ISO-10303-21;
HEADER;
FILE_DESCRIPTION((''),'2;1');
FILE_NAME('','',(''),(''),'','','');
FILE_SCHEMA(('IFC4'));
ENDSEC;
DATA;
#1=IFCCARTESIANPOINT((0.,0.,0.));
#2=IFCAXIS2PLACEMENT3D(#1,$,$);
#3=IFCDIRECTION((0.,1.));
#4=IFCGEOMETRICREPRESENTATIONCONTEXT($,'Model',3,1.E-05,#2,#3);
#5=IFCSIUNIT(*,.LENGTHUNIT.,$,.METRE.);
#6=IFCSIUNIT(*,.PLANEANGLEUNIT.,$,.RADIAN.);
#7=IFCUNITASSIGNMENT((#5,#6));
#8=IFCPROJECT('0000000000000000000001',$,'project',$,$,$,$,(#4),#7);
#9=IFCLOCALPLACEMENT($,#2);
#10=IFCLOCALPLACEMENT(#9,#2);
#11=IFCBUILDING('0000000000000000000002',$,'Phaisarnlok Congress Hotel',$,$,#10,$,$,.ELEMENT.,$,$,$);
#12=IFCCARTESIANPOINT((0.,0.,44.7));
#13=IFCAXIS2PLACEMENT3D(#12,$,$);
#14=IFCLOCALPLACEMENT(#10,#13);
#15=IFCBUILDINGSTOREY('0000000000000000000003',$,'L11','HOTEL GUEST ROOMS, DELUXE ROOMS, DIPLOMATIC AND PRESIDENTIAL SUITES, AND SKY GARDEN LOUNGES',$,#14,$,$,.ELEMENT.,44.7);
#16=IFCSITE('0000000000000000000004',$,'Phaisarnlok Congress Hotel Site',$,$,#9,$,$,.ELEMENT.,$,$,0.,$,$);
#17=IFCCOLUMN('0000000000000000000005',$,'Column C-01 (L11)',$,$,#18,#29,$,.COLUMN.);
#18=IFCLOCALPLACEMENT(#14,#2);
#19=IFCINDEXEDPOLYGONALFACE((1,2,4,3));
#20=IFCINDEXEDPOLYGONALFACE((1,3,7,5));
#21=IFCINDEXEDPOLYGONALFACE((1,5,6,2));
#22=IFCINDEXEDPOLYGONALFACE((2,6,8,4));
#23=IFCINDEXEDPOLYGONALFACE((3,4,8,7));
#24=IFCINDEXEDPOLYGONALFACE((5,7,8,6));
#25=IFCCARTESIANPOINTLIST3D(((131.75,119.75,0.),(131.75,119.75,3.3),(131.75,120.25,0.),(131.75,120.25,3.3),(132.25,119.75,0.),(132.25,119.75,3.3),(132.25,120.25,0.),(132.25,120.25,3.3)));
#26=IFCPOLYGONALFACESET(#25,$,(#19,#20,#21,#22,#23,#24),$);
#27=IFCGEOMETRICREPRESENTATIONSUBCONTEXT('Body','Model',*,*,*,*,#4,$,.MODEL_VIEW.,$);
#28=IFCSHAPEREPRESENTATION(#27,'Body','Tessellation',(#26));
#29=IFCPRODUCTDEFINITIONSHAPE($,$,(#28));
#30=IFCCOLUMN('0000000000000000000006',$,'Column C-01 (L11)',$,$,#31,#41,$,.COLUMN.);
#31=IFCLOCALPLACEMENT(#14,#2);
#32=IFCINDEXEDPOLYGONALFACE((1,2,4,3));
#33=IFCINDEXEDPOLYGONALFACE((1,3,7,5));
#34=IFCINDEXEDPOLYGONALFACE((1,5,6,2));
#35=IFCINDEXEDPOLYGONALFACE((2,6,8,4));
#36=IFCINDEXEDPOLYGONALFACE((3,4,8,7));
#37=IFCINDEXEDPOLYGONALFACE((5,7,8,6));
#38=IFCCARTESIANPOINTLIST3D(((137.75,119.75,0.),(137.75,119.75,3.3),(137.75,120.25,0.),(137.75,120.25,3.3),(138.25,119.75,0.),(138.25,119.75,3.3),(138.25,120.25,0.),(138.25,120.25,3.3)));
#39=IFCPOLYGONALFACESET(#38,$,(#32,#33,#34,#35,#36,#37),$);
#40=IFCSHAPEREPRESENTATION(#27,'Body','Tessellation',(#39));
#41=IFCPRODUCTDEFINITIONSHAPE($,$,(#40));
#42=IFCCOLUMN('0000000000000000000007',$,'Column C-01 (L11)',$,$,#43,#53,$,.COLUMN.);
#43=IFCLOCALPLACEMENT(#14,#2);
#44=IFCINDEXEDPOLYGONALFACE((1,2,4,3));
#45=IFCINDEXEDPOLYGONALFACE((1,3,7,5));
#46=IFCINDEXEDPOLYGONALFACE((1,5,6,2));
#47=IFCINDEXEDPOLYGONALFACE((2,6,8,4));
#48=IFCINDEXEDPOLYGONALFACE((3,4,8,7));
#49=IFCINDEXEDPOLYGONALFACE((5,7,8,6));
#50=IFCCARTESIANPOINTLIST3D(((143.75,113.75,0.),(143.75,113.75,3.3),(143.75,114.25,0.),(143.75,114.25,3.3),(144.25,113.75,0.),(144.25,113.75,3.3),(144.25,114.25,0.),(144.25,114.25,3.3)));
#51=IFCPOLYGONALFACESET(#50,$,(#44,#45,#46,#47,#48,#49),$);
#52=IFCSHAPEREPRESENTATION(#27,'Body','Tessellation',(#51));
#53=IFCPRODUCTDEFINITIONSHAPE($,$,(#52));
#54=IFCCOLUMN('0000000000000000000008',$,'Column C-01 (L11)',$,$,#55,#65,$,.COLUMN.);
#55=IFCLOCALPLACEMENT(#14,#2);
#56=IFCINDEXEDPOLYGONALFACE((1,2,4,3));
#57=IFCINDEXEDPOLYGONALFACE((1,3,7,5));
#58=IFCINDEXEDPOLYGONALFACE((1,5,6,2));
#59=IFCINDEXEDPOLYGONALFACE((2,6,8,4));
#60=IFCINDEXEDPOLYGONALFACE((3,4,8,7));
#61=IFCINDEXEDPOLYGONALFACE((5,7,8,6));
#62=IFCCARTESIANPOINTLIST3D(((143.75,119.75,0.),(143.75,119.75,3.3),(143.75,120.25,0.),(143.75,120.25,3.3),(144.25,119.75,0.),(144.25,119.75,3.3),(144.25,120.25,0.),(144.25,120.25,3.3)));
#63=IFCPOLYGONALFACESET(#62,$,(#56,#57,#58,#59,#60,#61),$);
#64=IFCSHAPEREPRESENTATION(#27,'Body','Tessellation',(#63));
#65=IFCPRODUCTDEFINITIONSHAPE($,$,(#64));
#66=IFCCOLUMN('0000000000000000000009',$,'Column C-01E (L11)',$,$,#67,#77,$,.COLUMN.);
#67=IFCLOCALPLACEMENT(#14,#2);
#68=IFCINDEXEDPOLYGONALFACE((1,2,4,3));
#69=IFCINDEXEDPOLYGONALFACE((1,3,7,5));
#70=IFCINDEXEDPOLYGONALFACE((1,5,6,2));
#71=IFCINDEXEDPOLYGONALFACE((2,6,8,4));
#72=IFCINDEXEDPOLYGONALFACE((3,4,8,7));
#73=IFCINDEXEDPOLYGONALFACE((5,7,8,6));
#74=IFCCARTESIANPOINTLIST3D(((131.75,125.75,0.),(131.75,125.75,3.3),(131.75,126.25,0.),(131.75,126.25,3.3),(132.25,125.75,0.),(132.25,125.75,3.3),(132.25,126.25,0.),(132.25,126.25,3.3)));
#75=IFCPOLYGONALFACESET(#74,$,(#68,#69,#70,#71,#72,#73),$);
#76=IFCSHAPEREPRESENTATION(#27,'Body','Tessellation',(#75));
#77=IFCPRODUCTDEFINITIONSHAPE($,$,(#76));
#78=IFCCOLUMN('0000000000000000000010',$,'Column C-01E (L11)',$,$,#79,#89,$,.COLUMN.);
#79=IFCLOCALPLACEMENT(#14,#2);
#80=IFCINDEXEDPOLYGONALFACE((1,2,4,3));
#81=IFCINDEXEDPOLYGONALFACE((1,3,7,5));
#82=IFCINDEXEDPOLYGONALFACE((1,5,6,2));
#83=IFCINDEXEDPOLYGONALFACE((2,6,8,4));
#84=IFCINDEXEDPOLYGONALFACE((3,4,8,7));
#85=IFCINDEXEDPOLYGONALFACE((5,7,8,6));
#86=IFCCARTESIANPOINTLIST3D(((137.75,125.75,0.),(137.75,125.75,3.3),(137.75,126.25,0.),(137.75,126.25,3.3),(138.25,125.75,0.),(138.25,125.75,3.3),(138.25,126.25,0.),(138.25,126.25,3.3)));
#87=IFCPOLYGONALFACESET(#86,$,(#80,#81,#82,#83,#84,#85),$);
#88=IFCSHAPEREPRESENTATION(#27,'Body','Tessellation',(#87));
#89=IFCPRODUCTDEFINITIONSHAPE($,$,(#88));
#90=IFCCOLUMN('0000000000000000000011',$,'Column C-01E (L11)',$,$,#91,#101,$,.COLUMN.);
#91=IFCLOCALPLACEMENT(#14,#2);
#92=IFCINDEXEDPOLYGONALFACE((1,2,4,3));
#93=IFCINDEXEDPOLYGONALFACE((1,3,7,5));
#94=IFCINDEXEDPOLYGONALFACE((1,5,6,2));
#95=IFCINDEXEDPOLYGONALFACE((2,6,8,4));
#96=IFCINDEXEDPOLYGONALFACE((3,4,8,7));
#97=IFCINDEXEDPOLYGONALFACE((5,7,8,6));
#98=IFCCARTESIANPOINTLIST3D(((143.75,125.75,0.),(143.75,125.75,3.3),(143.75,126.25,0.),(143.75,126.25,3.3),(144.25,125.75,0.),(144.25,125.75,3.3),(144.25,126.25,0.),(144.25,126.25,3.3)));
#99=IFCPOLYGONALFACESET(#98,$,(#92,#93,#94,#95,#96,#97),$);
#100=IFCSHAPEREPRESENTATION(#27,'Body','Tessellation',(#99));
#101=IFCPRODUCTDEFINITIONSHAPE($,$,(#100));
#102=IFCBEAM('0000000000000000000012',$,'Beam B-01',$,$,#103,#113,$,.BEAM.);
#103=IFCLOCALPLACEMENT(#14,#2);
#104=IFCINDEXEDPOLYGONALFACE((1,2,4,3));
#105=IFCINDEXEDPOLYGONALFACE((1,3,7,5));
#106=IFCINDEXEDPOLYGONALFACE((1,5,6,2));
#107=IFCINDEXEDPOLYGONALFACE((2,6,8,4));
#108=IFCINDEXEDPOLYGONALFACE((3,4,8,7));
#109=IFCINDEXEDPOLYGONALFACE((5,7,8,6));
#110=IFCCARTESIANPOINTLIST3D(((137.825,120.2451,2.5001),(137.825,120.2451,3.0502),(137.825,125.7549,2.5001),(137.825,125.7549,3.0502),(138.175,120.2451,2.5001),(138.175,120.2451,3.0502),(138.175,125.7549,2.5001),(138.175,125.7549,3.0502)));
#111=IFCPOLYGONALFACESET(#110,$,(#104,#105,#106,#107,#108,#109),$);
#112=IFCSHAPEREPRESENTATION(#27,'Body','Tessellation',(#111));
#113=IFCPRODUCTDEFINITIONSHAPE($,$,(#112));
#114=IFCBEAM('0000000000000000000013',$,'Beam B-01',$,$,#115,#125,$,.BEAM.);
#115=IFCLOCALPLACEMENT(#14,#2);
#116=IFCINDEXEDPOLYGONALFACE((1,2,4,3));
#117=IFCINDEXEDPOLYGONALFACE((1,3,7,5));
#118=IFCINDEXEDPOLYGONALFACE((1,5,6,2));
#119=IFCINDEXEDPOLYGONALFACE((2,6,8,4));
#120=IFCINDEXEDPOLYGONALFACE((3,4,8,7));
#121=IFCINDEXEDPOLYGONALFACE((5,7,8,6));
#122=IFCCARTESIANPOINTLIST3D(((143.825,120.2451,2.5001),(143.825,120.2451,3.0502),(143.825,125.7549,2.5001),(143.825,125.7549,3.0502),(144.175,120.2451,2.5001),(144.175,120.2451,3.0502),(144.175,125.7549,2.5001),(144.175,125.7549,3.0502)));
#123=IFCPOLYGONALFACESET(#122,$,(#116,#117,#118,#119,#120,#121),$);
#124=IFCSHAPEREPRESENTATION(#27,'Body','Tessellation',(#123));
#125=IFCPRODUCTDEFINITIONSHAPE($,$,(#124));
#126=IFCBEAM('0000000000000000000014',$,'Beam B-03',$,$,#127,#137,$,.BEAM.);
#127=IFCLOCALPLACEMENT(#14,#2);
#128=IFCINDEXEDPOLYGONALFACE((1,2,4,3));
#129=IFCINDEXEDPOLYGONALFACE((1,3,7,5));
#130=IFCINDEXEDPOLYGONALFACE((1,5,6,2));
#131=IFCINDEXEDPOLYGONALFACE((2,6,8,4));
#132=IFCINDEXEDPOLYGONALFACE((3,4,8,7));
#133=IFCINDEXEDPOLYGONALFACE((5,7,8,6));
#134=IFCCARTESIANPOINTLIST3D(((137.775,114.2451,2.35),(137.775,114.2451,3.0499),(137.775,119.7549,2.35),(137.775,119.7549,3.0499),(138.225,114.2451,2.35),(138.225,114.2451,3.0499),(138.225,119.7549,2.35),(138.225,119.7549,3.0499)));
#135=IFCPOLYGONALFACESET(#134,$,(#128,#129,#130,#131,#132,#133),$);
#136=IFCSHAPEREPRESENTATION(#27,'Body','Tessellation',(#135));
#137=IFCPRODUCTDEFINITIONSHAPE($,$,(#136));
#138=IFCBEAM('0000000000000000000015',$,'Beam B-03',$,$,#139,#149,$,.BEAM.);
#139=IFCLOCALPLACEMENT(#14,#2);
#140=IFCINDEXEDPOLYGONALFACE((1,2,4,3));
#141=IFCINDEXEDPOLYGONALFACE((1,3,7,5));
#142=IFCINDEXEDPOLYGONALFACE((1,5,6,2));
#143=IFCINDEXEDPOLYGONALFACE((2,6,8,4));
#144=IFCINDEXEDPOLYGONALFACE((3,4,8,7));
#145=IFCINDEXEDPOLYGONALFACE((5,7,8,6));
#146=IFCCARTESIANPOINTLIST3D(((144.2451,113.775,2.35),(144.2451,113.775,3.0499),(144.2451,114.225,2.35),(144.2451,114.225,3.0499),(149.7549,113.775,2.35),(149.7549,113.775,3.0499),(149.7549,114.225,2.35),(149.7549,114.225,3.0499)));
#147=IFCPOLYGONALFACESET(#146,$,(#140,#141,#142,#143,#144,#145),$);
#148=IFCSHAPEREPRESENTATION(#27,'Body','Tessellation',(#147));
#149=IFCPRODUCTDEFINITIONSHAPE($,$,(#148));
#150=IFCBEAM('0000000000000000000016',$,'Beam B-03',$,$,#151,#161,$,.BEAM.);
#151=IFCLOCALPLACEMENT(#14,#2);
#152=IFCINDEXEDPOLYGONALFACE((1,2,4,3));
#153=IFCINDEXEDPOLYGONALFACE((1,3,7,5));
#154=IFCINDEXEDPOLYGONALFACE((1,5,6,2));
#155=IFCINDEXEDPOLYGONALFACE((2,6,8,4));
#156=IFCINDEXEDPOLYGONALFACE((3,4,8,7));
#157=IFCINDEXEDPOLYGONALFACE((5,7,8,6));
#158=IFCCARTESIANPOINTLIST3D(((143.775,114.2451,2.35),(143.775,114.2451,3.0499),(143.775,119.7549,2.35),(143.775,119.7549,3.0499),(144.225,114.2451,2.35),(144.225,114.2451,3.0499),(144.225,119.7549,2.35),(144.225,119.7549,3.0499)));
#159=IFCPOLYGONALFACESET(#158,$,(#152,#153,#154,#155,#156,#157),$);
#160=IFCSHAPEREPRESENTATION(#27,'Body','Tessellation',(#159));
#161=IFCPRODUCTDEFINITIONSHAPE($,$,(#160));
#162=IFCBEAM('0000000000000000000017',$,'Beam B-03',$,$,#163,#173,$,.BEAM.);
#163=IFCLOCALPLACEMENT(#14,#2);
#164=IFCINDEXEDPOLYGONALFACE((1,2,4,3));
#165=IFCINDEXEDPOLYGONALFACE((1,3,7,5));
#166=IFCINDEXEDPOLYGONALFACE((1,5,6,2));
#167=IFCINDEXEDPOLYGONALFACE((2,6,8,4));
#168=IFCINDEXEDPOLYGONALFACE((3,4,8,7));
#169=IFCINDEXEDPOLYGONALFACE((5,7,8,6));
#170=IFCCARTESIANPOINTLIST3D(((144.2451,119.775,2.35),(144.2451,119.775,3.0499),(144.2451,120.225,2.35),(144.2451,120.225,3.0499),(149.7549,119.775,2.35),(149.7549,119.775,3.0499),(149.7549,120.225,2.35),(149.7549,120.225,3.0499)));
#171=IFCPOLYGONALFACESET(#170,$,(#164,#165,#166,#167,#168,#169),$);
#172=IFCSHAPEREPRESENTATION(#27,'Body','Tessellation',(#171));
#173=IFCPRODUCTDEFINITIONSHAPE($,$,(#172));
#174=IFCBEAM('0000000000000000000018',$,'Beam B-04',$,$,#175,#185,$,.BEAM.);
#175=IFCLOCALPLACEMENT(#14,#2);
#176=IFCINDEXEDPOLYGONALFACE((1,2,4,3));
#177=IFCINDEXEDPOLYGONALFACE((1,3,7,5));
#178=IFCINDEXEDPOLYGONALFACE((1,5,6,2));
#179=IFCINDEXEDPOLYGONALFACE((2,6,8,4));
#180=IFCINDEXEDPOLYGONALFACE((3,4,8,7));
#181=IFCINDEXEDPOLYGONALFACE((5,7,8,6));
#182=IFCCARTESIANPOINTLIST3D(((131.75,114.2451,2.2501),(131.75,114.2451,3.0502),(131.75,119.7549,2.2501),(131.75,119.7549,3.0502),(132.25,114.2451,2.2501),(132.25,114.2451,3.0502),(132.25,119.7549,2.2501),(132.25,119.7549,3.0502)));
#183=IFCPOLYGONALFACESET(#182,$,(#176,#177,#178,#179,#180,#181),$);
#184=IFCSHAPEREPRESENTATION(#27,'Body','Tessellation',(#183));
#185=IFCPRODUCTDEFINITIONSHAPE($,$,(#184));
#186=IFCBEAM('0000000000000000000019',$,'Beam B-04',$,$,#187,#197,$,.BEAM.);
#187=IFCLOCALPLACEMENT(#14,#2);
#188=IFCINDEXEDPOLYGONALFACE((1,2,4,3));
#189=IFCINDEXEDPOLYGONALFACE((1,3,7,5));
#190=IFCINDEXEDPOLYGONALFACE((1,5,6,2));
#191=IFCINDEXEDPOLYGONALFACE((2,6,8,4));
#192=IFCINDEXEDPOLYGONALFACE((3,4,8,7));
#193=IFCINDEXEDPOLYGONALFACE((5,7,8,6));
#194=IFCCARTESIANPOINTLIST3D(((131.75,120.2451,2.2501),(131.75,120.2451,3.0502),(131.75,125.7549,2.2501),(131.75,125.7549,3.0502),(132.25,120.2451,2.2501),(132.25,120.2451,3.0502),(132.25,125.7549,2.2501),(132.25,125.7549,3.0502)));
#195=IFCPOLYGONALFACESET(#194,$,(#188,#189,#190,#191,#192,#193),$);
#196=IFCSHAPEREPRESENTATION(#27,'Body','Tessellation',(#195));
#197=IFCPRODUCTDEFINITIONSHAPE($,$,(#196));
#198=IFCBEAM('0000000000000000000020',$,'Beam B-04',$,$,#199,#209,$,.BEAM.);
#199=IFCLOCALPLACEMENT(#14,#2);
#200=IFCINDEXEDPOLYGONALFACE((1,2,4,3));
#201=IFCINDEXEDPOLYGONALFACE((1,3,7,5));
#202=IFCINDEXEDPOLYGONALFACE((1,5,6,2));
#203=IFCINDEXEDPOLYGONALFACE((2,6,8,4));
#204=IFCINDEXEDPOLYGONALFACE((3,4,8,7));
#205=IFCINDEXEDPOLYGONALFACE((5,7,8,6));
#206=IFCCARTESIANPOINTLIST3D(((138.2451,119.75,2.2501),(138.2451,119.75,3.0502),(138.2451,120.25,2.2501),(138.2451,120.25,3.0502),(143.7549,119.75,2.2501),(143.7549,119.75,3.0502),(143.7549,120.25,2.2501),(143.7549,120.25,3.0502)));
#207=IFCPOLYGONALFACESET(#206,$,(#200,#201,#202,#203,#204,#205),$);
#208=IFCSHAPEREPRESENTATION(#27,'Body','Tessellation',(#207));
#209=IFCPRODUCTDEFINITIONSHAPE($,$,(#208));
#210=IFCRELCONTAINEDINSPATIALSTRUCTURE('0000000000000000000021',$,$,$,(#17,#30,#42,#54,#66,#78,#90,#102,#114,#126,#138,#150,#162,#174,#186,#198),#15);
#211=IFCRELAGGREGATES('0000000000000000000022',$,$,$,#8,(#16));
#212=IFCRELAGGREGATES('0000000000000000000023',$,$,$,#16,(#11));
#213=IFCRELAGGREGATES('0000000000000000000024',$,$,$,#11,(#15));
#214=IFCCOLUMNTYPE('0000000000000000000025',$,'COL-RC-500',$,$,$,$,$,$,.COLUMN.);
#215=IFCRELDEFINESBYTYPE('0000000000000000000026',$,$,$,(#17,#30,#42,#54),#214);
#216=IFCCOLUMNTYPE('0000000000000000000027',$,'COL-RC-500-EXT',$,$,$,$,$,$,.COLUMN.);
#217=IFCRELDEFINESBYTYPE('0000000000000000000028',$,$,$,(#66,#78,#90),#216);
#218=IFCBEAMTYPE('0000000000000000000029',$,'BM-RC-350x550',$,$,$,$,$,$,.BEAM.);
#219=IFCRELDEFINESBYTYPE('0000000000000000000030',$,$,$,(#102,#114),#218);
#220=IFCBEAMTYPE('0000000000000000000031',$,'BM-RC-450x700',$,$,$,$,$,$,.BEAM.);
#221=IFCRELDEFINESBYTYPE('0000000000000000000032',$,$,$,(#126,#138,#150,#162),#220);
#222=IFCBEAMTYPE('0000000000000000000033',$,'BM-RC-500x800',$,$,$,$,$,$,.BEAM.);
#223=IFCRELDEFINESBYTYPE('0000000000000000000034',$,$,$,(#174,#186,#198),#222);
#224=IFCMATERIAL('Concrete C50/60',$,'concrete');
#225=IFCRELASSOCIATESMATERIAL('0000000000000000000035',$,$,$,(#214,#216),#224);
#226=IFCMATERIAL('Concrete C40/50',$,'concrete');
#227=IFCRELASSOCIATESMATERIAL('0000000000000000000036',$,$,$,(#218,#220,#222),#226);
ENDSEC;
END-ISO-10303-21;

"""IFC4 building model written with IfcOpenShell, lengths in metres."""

from ifc_helpers import new_model, si_unit, direction, frame, origin, origin_2d, place, context, subcontext, project, spatial, rectangle, extrude, material, material_profile, profile_set, type_object, element, save


model = new_model("IFC4")

# Units and contexts
model_context = context("Model", 3, precision=1e-05, world=origin(), true_north=direction((0.0, 1.0)))
body_context = subcontext(model_context, "Body", "Model", "MODEL_VIEW")
ifc_project = project(units=[si_unit("LENGTHUNIT", "METRE"), si_unit("PLANEANGLEUNIT", "RADIAN")], contexts=[model_context])

# Site, building, storey
site_placement = place(None, origin())
site = spatial("IfcSite", under=ifc_project, at=site_placement, Name="Phaisarnlok Congress Hotel Site", CompositionType="ELEMENT", RefElevation=0.0)
building_placement = place(site_placement, origin())
building = spatial("IfcBuilding", under=site, at=building_placement, Name="Phaisarnlok Congress Hotel", CompositionType="ELEMENT")
storey_placement = place(building_placement, frame((0.0, 0.0, 44.7)))
storey = spatial("IfcBuildingStorey", under=building, at=storey_placement, Name="L11", Description="HOTEL GUEST ROOMS, DELUXE ROOMS, DIPLOMATIC AND PRESIDENTIAL SUITES, AND SKY GARDEN LOUNGES", CompositionType="ELEMENT", Elevation=44.7)

# Columns
ifc_material_1 = material(Name="Concrete C50/60", Category="concrete")
ifc_material_profile_1 = material_profile(ifc_material_1, rectangle(XDim=0.5, YDim=0.5, at=origin_2d()), Name="RC 500x500")
ifc_profile_set_1 = profile_set([ifc_material_profile_1], Name="Concrete C50/60")
column_type_1 = type_object("IfcColumnType", Name="COL-RC-500", PredefinedType="COLUMN", material=ifc_profile_set_1)
for number, where, z_axis, x_axis, name in (
    (1, (132.0, 120.0, 0.0), (0.0, 0.0, 1.0), (1.0, 0.0, 0.0), "Column C-01 (L11)"),
    (2, (138.0, 120.0, 0.0), (0.0, 0.0, 1.0), (1.0, 0.0, 0.0), "Column C-01 (L11)"),
    (3, (144.0, 114.0, 0.0), (0.0, 0.0, 1.0), (1.0, 0.0, 0.0), "Column C-01 (L11)"),
    (4, (144.0, 120.0, 0.0), (0.0, 0.0, 1.0), (1.0, 0.0, 0.0), "Column C-01 (L11)"),
):
    element("IfcColumn", number, at=place(storey_placement, frame(where, z_axis=z_axis, x_axis=x_axis)), inside=storey, type_object=column_type_1, Name=name, PredefinedType="COLUMN", context=body_context, shape_type="SweptSolid", body=[
        extrude(rectangle(XDim=0.5, YDim=0.5, at=origin_2d()), origin(), (0.0, 0.0, 1.0), 3.3),
    ])
ifc_material_profile_2 = material_profile(ifc_material_1, rectangle(XDim=0.5, YDim=0.5, at=origin_2d()), Name="RC 500x500")
ifc_profile_set_2 = profile_set([ifc_material_profile_2], Name="Concrete C50/60")
column_type_2 = type_object("IfcColumnType", Name="COL-RC-500-EXT", PredefinedType="COLUMN", material=ifc_profile_set_2)
for number, where, z_axis, x_axis, name in (
    (5, (132.0, 126.0, 0.0), (0.0, 0.0, 1.0), (1.0, 0.0, 0.0), "Column C-01E (L11)"),
    (6, (138.0, 126.0, 0.0), (0.0, 0.0, 1.0), (1.0, 0.0, 0.0), "Column C-01E (L11)"),
    (7, (144.0, 126.0, 0.0), (0.0, 0.0, 1.0), (1.0, 0.0, 0.0), "Column C-01E (L11)"),
):
    element("IfcColumn", number, at=place(storey_placement, frame(where, z_axis=z_axis, x_axis=x_axis)), inside=storey, type_object=column_type_2, Name=name, PredefinedType="COLUMN", context=body_context, shape_type="SweptSolid", body=[
        extrude(rectangle(XDim=0.5, YDim=0.5, at=origin_2d()), origin(), (0.0, 0.0, 1.0), 3.3),
    ])

# Beams
ifc_material_2 = material(Name="Concrete C40/50", Category="concrete")
ifc_material_profile_3 = material_profile(ifc_material_2, rectangle(XDim=0.3501, YDim=0.55, at=origin_2d()), Name="RC 350x550")
ifc_profile_set_3 = profile_set([ifc_material_profile_3], Name="Concrete C40/50")
beam_type_1 = type_object("IfcBeamType", Name="BM-RC-350x550", PredefinedType="BEAM", material=ifc_profile_set_3)
for number, where, z_axis, x_axis, name in (
    (8, (138.0, 120.2451, 2.7751), (0.0, 1.0, 0.0), (-1.0, 0.0, 0.0), "Beam B-01"),
    (9, (144.0, 120.2451, 2.7751), (0.0, 1.0, 0.0), (-1.0, 0.0, 0.0), "Beam B-01"),
):
    element("IfcBeam", number, at=place(storey_placement, frame(where, z_axis=z_axis, x_axis=x_axis)), inside=storey, type_object=beam_type_1, Name=name, PredefinedType="BEAM", context=body_context, shape_type="SweptSolid", body=[
        extrude(rectangle(XDim=0.3501, YDim=0.55, at=origin_2d()), origin(), (0.0, 0.0, 1.0), 5.5098),
    ])
ifc_material_profile_4 = material_profile(ifc_material_2, rectangle(XDim=0.45, YDim=0.7, at=origin_2d()), Name="RC 450x700")
ifc_profile_set_4 = profile_set([ifc_material_profile_4], Name="Concrete C40/50")
beam_type_2 = type_object("IfcBeamType", Name="BM-RC-450x700", PredefinedType="BEAM", material=ifc_profile_set_4)
for number, where, z_axis, x_axis, name in (
    (10, (138.0, 114.2451, 2.7), (0.0, 1.0, 0.0), (-1.0, 0.0, 0.0), "Beam B-03"),
    (11, (144.2451, 114.0, 2.7), (1.0, 0.0, 0.0), (0.0, 1.0, 0.0), "Beam B-03"),
    (12, (144.0, 114.2451, 2.7), (0.0, 1.0, 0.0), (-1.0, 0.0, 0.0), "Beam B-03"),
    (13, (144.2451, 120.0, 2.7), (1.0, 0.0, 0.0), (0.0, 1.0, 0.0), "Beam B-03"),
):
    element("IfcBeam", number, at=place(storey_placement, frame(where, z_axis=z_axis, x_axis=x_axis)), inside=storey, type_object=beam_type_2, Name=name, PredefinedType="BEAM", context=body_context, shape_type="SweptSolid", body=[
        extrude(rectangle(XDim=0.45, YDim=0.7, at=origin_2d()), origin(), (0.0, 0.0, 1.0), 5.5098),
    ])
ifc_material_profile_5 = material_profile(ifc_material_2, rectangle(XDim=0.5, YDim=0.8, at=origin_2d()), Name="RC 500x800")
ifc_profile_set_5 = profile_set([ifc_material_profile_5], Name="Concrete C40/50")
beam_type_3 = type_object("IfcBeamType", Name="BM-RC-500x800", PredefinedType="BEAM", material=ifc_profile_set_5)
for number, where, z_axis, x_axis, name in (
    (14, (132.0, 114.2451, 2.6501), (0.0, 1.0, 0.0), (-1.0, 0.0, 0.0), "Beam B-04"),
    (15, (132.0, 120.2451, 2.6501), (0.0, 1.0, 0.0), (-1.0, 0.0, 0.0), "Beam B-04"),
    (16, (138.2451, 120.0, 2.6501), (1.0, 0.0, 0.0), (0.0, 1.0, 0.0), "Beam B-04"),
):
    element("IfcBeam", number, at=place(storey_placement, frame(where, z_axis=z_axis, x_axis=x_axis)), inside=storey, type_object=beam_type_3, Name=name, PredefinedType="BEAM", context=body_context, shape_type="SweptSolid", body=[
        extrude(rectangle(XDim=0.5, YDim=0.8, at=origin_2d()), origin(), (0.0, 0.0, 1.0), 5.5098),
    ])

save(model, "model.ifc")
